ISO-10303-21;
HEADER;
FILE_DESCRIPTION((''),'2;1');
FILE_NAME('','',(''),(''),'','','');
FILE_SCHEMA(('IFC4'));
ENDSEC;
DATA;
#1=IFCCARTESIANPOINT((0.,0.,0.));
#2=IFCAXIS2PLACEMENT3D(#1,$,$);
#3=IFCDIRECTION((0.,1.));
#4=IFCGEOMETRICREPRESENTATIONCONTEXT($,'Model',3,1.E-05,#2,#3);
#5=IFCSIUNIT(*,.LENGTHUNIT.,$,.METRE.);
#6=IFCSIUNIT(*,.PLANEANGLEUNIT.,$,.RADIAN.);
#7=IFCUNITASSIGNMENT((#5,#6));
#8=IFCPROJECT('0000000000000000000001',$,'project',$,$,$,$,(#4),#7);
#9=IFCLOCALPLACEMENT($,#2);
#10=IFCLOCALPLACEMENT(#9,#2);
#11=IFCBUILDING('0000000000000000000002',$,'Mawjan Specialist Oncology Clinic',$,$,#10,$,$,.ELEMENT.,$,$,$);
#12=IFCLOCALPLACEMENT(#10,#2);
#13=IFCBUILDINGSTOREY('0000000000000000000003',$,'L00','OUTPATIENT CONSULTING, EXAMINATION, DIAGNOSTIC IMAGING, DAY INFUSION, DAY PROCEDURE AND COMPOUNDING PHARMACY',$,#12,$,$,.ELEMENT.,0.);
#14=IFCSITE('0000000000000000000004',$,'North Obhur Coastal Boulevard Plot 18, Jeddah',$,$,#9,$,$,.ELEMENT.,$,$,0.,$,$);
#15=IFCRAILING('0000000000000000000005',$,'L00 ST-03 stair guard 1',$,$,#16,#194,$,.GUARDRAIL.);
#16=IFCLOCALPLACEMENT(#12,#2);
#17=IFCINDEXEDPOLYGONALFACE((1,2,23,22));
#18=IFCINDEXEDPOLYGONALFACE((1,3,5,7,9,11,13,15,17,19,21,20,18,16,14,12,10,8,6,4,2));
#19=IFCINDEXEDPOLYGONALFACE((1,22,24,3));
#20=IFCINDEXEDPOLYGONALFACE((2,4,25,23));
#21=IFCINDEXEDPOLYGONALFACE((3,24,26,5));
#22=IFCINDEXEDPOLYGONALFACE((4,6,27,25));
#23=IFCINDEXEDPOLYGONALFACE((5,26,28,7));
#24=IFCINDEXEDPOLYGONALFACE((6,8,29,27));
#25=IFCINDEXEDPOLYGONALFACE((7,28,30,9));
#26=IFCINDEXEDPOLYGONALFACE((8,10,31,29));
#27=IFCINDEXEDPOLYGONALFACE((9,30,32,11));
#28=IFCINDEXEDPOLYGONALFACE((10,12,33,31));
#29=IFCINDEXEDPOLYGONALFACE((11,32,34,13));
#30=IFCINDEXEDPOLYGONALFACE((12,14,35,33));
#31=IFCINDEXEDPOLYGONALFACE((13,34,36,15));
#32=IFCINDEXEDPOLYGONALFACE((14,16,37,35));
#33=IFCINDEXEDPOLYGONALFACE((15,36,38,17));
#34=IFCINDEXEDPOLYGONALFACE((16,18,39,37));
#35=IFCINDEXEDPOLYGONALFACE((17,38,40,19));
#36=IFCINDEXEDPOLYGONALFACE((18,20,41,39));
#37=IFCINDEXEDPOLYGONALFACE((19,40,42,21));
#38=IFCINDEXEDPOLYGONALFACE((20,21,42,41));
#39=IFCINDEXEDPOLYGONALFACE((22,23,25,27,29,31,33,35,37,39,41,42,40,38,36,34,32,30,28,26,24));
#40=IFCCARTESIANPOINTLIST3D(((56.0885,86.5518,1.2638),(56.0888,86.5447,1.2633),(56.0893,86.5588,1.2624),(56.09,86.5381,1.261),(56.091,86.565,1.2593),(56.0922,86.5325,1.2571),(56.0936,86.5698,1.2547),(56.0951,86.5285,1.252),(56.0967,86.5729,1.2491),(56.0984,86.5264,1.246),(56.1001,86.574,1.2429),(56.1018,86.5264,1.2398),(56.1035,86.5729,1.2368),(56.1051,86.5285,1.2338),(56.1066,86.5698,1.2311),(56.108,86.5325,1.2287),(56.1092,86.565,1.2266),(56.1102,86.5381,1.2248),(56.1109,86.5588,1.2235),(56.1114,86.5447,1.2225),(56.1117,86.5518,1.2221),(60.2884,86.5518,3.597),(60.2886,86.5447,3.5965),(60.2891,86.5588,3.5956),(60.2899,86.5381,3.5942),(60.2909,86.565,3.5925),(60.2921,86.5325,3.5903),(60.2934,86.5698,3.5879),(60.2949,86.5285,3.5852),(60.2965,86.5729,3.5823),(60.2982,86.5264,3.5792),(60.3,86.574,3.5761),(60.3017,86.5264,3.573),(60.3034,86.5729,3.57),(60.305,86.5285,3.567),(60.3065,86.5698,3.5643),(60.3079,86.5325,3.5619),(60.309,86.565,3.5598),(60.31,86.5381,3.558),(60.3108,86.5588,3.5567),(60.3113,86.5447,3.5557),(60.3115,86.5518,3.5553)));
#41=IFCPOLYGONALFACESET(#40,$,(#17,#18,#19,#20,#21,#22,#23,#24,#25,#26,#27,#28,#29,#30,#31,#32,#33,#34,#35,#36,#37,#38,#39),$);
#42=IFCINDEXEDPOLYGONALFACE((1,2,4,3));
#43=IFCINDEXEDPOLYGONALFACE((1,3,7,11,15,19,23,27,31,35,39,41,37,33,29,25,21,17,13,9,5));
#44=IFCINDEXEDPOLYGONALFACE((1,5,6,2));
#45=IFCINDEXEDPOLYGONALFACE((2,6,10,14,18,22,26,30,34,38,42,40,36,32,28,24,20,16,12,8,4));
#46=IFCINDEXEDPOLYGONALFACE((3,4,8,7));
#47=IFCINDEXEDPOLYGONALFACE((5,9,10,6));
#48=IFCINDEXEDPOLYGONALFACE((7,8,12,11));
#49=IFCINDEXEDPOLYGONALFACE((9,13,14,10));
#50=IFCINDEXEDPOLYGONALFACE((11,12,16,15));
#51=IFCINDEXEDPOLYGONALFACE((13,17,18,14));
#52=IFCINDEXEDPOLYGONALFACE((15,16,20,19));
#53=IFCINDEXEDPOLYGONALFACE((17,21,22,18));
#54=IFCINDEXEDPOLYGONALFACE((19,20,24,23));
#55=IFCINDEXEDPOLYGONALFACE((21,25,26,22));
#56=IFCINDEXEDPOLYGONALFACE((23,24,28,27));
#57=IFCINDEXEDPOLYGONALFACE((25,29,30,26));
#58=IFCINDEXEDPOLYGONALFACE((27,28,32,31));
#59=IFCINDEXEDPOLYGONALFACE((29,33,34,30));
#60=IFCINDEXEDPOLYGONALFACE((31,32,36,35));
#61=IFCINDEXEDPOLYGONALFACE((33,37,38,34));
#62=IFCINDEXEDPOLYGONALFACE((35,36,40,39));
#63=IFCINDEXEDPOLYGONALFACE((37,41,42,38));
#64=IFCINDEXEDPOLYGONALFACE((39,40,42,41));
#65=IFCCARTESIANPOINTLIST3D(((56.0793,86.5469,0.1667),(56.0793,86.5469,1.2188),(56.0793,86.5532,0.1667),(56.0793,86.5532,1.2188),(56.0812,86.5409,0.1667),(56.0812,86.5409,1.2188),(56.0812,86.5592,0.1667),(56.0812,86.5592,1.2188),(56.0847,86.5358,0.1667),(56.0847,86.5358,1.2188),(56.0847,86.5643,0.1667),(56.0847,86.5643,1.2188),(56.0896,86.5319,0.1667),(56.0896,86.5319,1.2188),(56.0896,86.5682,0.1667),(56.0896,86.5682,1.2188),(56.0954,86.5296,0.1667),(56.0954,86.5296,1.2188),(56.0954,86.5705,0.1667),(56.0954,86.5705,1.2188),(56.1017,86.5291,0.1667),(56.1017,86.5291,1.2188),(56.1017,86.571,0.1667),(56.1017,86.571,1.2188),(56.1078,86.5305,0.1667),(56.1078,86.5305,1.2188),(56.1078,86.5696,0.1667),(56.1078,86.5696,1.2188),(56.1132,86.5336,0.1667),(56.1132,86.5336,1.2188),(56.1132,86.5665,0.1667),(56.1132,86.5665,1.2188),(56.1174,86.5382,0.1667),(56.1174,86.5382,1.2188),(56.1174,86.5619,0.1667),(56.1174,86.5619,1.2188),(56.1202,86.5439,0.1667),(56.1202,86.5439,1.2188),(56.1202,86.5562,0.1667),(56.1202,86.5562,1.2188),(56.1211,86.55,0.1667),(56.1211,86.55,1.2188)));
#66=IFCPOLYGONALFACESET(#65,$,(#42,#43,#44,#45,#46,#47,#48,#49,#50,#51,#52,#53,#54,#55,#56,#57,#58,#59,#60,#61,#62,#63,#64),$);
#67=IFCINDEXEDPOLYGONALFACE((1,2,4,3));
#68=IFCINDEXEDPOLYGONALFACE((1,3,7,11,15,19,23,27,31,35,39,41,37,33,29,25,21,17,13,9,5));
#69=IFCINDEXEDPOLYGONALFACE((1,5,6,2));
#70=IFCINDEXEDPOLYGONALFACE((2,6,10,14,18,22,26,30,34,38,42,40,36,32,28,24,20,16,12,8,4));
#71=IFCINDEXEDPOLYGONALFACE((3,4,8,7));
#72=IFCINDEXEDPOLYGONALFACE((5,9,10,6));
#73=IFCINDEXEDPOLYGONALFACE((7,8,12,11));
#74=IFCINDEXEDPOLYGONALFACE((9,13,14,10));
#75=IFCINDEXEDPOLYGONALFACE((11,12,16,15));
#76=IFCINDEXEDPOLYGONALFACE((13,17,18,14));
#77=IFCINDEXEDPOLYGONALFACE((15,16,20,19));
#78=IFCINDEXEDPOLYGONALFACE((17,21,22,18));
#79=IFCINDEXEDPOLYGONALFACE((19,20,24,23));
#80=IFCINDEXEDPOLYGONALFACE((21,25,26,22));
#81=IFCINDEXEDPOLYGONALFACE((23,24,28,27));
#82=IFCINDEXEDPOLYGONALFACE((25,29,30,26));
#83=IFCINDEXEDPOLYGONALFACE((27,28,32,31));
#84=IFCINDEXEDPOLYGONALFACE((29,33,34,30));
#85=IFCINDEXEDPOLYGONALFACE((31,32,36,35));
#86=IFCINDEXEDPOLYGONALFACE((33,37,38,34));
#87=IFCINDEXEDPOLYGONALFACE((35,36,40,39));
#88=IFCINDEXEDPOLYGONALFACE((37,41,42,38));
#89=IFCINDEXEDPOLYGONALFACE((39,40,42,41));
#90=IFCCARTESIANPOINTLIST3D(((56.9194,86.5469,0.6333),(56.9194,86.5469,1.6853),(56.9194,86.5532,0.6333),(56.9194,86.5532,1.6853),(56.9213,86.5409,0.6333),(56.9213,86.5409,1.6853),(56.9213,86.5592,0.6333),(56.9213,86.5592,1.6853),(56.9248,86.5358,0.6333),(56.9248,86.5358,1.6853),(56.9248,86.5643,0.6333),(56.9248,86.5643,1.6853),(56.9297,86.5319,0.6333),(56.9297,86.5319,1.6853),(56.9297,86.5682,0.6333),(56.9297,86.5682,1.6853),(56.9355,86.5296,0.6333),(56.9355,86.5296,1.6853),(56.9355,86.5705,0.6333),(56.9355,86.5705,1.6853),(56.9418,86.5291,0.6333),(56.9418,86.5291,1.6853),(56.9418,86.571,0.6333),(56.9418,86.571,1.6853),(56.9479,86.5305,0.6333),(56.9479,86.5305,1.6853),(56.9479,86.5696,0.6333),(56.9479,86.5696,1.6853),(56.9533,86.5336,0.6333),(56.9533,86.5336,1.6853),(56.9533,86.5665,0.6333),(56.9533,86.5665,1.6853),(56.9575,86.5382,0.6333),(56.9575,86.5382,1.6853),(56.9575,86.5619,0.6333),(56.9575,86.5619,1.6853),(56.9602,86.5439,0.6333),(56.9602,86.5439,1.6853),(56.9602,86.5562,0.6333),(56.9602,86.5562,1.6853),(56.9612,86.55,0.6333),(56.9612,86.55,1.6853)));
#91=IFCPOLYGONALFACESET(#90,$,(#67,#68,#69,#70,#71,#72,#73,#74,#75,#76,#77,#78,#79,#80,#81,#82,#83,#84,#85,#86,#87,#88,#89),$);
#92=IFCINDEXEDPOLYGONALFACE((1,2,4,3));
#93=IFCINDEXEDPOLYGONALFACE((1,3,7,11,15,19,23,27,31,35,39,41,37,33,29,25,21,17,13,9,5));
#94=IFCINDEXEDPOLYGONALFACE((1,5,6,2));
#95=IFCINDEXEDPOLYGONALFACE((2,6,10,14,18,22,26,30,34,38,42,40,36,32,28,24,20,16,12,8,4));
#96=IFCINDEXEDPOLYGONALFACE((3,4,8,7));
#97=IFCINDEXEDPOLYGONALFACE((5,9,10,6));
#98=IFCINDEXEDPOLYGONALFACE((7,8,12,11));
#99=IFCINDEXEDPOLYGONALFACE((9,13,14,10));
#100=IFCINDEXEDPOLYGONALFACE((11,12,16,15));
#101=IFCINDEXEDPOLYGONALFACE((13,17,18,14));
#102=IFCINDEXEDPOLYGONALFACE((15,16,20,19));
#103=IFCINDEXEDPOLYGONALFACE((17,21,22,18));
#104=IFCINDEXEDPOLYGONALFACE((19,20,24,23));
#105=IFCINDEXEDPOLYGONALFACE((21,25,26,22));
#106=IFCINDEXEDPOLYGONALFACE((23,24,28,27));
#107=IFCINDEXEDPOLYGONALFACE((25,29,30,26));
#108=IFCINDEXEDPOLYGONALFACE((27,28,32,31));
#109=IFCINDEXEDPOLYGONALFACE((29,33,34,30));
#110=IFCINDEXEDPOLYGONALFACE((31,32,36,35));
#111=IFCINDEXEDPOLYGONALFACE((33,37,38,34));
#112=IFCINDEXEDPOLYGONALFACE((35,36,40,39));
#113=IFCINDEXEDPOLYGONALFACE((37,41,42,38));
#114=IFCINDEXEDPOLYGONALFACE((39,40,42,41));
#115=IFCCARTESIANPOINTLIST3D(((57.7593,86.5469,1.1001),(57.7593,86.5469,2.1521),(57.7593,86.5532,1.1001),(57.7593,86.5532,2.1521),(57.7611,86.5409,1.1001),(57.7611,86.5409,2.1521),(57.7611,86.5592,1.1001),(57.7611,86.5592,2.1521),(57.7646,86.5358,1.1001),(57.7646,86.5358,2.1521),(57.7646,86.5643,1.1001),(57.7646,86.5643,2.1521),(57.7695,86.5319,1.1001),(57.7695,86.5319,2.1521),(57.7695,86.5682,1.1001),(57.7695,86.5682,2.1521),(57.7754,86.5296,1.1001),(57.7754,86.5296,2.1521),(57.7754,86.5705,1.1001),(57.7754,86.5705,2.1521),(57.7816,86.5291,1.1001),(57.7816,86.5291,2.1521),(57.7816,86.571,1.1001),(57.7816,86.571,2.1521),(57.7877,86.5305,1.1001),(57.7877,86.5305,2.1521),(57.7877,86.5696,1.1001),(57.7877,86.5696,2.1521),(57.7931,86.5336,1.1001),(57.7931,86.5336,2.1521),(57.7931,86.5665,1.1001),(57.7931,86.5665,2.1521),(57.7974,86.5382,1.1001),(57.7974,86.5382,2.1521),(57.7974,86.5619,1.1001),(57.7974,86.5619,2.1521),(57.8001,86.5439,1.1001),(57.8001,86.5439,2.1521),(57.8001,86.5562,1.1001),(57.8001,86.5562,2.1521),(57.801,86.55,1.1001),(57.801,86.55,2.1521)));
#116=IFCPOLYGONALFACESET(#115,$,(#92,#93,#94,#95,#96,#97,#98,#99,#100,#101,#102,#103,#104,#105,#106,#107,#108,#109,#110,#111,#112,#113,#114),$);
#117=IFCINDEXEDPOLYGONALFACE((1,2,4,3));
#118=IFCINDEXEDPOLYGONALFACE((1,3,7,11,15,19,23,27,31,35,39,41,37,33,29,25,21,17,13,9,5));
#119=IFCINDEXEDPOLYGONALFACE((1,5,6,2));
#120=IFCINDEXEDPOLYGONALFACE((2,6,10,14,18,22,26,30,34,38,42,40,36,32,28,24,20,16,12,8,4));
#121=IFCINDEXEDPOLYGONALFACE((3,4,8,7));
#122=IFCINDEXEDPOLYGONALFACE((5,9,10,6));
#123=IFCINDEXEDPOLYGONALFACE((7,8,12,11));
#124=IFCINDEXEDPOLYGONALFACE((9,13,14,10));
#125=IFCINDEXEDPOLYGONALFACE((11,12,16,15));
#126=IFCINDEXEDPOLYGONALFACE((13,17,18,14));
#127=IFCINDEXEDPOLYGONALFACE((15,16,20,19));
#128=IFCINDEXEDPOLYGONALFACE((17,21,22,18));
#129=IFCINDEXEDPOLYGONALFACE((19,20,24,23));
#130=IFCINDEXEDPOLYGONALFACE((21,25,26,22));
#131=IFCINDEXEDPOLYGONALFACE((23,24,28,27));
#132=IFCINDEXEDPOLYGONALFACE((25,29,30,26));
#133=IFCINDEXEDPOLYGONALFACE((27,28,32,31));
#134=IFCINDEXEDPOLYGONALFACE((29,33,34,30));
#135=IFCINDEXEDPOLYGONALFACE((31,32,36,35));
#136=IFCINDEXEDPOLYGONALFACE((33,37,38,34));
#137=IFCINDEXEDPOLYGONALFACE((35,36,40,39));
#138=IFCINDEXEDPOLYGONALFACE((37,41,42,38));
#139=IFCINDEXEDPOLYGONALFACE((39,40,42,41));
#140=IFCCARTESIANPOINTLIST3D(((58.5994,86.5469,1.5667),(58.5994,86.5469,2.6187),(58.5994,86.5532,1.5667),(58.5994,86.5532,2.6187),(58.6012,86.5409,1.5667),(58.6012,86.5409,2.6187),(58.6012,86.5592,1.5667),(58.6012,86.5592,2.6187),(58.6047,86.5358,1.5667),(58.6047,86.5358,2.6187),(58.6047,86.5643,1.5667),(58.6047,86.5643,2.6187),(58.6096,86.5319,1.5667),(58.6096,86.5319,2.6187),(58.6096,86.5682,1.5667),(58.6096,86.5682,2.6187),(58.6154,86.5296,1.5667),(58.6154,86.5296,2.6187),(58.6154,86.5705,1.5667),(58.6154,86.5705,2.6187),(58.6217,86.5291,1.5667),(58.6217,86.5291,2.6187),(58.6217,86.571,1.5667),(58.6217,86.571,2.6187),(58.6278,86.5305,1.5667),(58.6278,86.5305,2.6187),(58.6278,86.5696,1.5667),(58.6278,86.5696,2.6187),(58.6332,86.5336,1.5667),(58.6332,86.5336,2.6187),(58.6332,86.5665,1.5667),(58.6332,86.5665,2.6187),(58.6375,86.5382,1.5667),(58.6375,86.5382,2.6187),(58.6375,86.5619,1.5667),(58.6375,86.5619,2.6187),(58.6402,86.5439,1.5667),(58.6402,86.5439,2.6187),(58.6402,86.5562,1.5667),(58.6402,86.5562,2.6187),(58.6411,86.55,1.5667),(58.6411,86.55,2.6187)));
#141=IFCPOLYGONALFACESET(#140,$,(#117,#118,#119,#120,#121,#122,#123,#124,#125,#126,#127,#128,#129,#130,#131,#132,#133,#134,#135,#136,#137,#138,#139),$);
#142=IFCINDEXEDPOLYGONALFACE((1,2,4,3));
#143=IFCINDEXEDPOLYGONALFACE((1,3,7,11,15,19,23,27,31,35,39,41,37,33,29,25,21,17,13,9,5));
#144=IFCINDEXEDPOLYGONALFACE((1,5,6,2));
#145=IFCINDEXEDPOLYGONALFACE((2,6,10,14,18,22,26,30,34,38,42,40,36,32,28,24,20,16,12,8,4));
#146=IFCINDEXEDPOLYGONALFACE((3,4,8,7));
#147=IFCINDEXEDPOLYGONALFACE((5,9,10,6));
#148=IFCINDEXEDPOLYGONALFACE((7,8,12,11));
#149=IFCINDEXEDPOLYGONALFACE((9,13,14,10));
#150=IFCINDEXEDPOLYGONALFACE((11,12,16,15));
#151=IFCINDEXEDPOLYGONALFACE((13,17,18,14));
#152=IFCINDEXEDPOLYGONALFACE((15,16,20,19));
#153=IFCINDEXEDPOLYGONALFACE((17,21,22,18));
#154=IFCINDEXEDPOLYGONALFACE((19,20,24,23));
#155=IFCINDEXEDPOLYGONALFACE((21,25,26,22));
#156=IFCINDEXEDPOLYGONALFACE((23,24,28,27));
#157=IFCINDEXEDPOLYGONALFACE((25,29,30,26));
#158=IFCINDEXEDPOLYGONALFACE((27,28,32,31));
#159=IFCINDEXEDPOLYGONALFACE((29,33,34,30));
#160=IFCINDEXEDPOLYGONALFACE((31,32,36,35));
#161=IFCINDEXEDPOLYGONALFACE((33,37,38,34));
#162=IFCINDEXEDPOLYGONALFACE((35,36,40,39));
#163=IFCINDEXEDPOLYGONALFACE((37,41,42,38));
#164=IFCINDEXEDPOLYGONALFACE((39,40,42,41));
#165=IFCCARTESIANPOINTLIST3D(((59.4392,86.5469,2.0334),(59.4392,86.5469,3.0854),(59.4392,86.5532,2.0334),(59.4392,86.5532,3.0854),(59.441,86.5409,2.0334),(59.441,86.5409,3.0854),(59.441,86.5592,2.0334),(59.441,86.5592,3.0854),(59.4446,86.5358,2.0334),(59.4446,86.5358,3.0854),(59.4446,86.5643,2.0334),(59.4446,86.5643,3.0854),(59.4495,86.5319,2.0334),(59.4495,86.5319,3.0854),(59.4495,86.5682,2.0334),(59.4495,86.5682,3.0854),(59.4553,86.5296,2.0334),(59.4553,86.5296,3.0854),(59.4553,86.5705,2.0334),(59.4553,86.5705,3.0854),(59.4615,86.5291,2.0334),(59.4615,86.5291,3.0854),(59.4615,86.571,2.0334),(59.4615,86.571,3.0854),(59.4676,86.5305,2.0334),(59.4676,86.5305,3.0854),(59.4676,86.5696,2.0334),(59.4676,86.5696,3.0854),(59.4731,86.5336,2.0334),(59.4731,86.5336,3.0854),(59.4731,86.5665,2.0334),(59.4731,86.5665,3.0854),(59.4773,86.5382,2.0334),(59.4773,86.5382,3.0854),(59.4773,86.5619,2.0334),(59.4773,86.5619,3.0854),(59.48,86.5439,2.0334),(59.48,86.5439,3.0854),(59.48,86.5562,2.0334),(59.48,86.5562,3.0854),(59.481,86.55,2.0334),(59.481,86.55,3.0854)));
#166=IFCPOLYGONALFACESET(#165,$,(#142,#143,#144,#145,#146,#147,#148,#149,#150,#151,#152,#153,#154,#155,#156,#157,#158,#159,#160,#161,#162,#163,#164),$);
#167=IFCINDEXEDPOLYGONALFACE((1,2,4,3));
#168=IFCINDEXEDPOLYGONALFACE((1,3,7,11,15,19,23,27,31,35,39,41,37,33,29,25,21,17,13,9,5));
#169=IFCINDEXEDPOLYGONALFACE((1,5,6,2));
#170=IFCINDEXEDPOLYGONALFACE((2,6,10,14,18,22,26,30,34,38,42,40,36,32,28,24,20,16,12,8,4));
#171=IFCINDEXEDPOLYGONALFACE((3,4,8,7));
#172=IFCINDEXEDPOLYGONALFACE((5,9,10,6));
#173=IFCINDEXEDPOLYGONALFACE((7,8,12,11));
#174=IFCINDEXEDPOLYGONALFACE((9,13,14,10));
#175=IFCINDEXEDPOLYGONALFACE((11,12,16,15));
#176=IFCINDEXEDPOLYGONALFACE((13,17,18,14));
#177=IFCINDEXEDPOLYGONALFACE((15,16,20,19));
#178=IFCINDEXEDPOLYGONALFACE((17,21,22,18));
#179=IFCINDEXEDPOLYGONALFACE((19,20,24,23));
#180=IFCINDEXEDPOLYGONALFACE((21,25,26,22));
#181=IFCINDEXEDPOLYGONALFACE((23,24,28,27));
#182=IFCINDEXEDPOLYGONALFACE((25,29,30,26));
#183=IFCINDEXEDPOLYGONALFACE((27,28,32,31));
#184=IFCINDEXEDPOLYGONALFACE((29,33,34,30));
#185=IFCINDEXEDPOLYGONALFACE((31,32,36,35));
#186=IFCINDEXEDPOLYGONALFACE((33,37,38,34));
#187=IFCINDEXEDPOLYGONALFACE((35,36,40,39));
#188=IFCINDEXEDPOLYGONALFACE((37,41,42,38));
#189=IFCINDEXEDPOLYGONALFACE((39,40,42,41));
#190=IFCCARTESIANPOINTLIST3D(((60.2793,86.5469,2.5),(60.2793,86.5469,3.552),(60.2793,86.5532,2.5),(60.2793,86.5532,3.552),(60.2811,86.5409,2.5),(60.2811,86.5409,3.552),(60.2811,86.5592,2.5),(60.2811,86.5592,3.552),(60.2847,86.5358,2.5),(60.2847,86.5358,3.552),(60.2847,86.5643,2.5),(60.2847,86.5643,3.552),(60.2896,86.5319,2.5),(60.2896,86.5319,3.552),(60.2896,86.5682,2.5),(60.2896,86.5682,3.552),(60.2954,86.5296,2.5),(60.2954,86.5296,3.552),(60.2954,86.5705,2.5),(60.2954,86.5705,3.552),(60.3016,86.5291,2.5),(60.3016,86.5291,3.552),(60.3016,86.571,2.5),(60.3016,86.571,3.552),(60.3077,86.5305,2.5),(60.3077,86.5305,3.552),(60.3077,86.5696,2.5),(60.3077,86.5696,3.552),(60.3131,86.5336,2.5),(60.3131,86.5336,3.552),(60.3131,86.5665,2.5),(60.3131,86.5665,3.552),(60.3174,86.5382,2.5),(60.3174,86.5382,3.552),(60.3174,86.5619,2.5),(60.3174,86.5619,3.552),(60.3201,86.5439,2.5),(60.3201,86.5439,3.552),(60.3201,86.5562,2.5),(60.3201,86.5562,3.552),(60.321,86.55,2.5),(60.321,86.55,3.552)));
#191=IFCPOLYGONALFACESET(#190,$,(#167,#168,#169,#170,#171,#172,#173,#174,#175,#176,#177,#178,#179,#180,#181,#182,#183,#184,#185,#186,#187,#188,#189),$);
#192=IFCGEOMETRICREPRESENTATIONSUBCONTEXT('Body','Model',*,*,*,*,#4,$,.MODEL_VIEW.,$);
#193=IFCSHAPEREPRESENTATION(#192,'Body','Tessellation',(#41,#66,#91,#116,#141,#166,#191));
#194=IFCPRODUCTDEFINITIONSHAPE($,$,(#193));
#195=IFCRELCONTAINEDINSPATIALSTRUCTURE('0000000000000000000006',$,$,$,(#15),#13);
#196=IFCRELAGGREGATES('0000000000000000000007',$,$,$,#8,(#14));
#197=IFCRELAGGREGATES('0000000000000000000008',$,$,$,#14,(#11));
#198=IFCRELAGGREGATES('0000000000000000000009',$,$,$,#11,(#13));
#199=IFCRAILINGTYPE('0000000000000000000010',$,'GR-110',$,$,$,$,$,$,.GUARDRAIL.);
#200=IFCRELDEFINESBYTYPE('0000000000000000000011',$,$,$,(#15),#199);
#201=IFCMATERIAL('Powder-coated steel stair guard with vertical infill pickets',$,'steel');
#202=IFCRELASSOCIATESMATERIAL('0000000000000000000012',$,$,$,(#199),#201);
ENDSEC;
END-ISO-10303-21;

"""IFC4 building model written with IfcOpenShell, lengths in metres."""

from ifc_helpers import new_model, si_unit, direction, frame, origin, origin_2d, place, context, subcontext, project, spatial, circle, extrude, material, type_object, element, save


model = new_model("IFC4")

# Units and contexts
model_context = context("Model", 3, precision=1e-05, world=origin(), true_north=direction((0.0, 1.0)))
body_context = subcontext(model_context, "Body", "Model", "MODEL_VIEW")
ifc_project = project(units=[si_unit("LENGTHUNIT", "METRE"), si_unit("PLANEANGLEUNIT", "RADIAN")], contexts=[model_context])

# Site, building, storey
site_placement = place(None, origin())
site = spatial("IfcSite", under=ifc_project, at=site_placement, Name="North Obhur Coastal Boulevard Plot 18, Jeddah", CompositionType="ELEMENT", RefElevation=0.0)
building_placement = place(site_placement, origin())
building = spatial("IfcBuilding", under=site, at=building_placement, Name="Mawjan Specialist Oncology Clinic", CompositionType="ELEMENT")
storey_placement = place(building_placement, origin())
storey = spatial("IfcBuildingStorey", under=building, at=storey_placement, Name="L00", Description="OUTPATIENT CONSULTING, EXAMINATION, DIAGNOSTIC IMAGING, DAY INFUSION, DAY PROCEDURE AND COMPOUNDING PHARMACY", CompositionType="ELEMENT", Elevation=0.0)

# Railing
ifc_material_1 = material(Name="Powder-coated steel stair guard with vertical infill pickets", Category="steel")
railing_type_1 = type_object("IfcRailingType", Name="GR-110", PredefinedType="GUARDRAIL", material=ifc_material_1)
railing_1_placement = place(storey_placement, frame((56.1001, 86.55, 0.1667)))
element("IfcRailing", 1, at=railing_1_placement, inside=storey, type_object=railing_type_1, Name="L00 ST-03 stair guard 1", PredefinedType="GUARDRAIL", context=body_context, shape_type="SweptSolid", body=[
    extrude(circle(Radius=0.0239, at=origin_2d()), frame((0.0, 0.0, 1.0762), z_axis=(0.874162, 0.0, 0.485634), x_axis=(0.0, 1.0, 0.0)), (0.0, 0.0, 1.0), 4.8044),
    extrude(circle(Radius=0.021, at=origin_2d()), origin(), (0.0, 0.0, 1.0), 1.052),
    extrude(circle(Radius=0.021, at=origin_2d()), frame((0.8401, 0.0, 0.4666)), (0.0, 0.0, 1.0), 1.052),
    extrude(circle(Radius=0.021, at=origin_2d()), frame((1.6799, 0.0, 0.9333)), (0.0, 0.0, 1.0), 1.052),
    extrude(circle(Radius=0.021, at=origin_2d()), frame((2.52, 0.0, 1.3999)), (0.0, 0.0, 1.0), 1.052),
    extrude(circle(Radius=0.021, at=origin_2d()), frame((3.3599, 0.0, 1.8667)), (0.0, 0.0, 1.0), 1.052),
    extrude(circle(Radius=0.021, at=origin_2d()), frame((4.2, 0.0, 2.3333)), (0.0, 0.0, 1.0), 1.052),
])

save(model, "model.ifc")
